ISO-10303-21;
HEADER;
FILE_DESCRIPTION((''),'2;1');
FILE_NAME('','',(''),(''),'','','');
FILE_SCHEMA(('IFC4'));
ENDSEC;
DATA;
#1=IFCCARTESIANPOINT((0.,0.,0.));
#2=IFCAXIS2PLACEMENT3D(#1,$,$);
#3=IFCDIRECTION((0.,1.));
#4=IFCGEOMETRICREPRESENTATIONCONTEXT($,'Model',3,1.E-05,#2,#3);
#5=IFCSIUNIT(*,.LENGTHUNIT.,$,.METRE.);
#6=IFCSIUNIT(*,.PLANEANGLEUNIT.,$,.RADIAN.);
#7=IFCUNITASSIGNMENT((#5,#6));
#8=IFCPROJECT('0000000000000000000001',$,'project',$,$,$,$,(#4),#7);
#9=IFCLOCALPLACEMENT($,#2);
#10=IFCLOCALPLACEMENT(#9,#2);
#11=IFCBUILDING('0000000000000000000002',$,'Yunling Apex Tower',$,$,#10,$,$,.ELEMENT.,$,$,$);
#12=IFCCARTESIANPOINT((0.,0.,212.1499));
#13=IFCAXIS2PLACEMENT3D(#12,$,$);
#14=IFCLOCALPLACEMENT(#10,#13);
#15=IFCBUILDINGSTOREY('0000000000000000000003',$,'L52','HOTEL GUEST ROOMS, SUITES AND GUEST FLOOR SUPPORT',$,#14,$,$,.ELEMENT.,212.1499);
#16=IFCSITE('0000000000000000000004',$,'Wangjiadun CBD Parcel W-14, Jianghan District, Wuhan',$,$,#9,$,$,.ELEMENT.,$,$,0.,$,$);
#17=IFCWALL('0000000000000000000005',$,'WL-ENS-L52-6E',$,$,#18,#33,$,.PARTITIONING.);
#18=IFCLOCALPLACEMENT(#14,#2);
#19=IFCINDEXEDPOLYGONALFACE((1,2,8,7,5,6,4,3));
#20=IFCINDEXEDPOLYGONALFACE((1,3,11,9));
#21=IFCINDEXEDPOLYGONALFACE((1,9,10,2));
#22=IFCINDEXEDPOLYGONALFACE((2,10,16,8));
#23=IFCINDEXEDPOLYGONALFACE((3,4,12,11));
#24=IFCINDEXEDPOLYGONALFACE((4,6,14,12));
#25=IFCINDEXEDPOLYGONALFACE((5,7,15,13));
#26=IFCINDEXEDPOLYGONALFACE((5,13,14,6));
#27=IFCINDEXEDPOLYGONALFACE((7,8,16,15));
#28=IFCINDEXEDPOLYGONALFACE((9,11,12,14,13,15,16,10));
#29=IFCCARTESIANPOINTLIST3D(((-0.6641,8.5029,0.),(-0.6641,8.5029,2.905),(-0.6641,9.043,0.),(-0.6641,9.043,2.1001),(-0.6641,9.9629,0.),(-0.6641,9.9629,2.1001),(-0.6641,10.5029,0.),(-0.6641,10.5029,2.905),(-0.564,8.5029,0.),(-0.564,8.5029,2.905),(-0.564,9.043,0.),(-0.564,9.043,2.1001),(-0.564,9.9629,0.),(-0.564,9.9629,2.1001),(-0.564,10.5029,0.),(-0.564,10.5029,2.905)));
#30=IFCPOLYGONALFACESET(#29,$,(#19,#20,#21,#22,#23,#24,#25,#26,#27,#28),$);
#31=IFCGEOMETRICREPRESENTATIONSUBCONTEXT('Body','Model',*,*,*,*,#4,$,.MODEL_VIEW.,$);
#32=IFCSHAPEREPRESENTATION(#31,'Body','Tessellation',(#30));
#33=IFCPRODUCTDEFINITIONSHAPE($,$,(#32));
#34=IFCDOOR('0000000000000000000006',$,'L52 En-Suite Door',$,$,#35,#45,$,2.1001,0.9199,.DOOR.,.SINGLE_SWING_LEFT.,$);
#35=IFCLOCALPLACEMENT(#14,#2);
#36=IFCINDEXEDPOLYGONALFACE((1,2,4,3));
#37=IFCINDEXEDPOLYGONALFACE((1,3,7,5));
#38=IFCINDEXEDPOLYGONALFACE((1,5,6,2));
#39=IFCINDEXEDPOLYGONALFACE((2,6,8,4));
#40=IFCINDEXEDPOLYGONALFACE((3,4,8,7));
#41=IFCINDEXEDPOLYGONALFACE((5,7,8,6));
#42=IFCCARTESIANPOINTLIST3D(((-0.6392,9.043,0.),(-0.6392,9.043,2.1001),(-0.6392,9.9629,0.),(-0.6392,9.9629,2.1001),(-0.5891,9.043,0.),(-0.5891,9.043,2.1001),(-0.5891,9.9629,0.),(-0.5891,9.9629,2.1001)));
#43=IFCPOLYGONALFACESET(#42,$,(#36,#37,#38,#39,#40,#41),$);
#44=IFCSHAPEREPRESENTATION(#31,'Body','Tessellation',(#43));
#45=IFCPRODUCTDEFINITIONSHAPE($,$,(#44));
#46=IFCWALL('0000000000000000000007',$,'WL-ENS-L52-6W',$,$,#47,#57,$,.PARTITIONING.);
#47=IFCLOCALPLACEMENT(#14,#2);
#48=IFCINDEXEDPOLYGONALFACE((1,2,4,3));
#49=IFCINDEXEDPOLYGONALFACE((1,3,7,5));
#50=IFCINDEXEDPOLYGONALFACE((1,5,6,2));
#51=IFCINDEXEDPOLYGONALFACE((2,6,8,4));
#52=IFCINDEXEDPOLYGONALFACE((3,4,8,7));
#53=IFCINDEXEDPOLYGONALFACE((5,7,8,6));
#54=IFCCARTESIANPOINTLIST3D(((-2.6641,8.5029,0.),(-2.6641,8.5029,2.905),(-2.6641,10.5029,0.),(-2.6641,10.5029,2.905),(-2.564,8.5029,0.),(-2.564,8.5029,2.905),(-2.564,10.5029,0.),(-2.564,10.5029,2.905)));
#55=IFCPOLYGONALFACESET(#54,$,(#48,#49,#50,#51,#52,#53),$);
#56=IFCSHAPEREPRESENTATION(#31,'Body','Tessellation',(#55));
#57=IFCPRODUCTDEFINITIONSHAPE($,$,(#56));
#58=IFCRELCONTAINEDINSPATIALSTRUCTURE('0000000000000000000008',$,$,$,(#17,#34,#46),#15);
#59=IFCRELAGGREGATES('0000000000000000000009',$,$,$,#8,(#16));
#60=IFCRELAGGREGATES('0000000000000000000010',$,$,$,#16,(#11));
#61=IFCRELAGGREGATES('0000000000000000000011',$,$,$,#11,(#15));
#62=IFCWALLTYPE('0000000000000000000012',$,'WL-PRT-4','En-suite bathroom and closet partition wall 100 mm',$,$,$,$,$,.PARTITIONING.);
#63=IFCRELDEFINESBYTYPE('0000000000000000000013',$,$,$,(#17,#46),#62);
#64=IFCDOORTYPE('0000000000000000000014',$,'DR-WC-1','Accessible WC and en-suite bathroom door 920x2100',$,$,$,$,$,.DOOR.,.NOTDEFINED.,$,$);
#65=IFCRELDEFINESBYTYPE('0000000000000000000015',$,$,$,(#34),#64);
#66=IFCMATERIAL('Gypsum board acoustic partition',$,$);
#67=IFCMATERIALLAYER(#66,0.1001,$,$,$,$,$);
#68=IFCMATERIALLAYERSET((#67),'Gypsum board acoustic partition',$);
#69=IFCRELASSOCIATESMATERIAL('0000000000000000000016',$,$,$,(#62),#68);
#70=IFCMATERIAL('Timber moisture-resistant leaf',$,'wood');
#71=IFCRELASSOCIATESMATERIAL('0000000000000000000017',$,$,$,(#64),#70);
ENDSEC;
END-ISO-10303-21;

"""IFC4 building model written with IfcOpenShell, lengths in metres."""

from ifc_helpers import new_model, si_unit, direction, frame, frame_2d, origin, place, context, subcontext, project, spatial, rectangle, extrude, material, layer, layer_set, type_object, element, fill, save


model = new_model("IFC4")

# Units and contexts
model_context = context("Model", 3, precision=1e-05, world=origin(), true_north=direction((0.0, 1.0)))
body_context = subcontext(model_context, "Body", "Model", "MODEL_VIEW")
ifc_project = project(units=[si_unit("LENGTHUNIT", "METRE"), si_unit("PLANEANGLEUNIT", "RADIAN")], contexts=[model_context])

# Site, building, storey
site_placement = place(None, origin())
site = spatial("IfcSite", under=ifc_project, at=site_placement, Name="Wangjiadun CBD Parcel W-14, Jianghan District, Wuhan", CompositionType="ELEMENT", RefElevation=0.0)
building_placement = place(site_placement, origin())
building = spatial("IfcBuilding", under=site, at=building_placement, Name="Yunling Apex Tower", CompositionType="ELEMENT")
storey_placement = place(building_placement, frame((0.0, 0.0, 212.1499)))
storey = spatial("IfcBuildingStorey", under=building, at=storey_placement, Name="L52", Description="HOTEL GUEST ROOMS, SUITES AND GUEST FLOOR SUPPORT", CompositionType="ELEMENT", Elevation=212.1499)

# Shared definitions
ifc_material_1 = material(Name="Gypsum board acoustic partition")

# Shared definitions
ifc_layer_1 = layer(ifc_material_1, 0.1001)
ifc_layer_set_1 = layer_set([ifc_layer_1], Name="Gypsum board acoustic partition")
wall_type_1 = type_object("IfcWallType", Name="WL-PRT-4", Description="En-suite bathroom and closet partition wall 100 mm", PredefinedType="PARTITIONING", material=ifc_layer_set_1)

# Wall, opening, door
wall_1_placement = place(storey_placement, frame((-0.614, 10.5029, 0.0), z_axis=(0.0, 0.0, 1.0), x_axis=(0.0, -1.0, 0.0)))
wall_1 = element("IfcWall", 1, at=wall_1_placement, inside=storey, type_object=wall_type_1, Name="WL-ENS-L52-6E", PredefinedType="PARTITIONING", context=body_context, shape_type="SweptSolid", body=[
    extrude(rectangle(XDim=2.0, YDim=0.1001, at=frame_2d((1.0, 0.0))), origin(), (0.0, 0.0, 1.0), 2.905),
])
opening_1_placement = place(wall_1_placement, frame((0.54, 0.0, 0.0)))
opening_1 = element("IfcOpeningElement", 2, at=opening_1_placement, cuts=wall_1, PredefinedType="OPENING", context=body_context, shape_type="SweptSolid", body=[
    extrude(rectangle(XDim=0.9199, YDim=2.1001, at=frame_2d((0.46, 1.05))), frame((0.0, 0.0601, 0.0), z_axis=(0.0, -1.0, 0.0), x_axis=(1.0, 0.0, 0.0)), (0.0, 0.0, 1.0), 0.1201),
])
ifc_material_2 = material(Name="Timber moisture-resistant leaf", Category="wood")
door_type_1 = type_object("IfcDoorType", Name="DR-WC-1", Description="Accessible WC and en-suite bathroom door 920x2100", OperationType="NOTDEFINED", PredefinedType="DOOR", material=ifc_material_2)
door_1_placement = place(opening_1_placement, origin())
door_1 = element("IfcDoor", 3, at=door_1_placement, inside=storey, type_object=door_type_1, Name="L52 En-Suite Door", OperationType="SINGLE_SWING_LEFT", OverallHeight=2.1001, OverallWidth=0.9199, PredefinedType="DOOR", context=body_context, shape_type="SweptSolid", body=[
    extrude(rectangle(XDim=0.9199, YDim=2.1001, at=frame_2d((0.46, 1.05))), frame((0.0, 0.0249, 0.0), z_axis=(0.0, -1.0, 0.0), x_axis=(1.0, 0.0, 0.0)), (0.0, 0.0, 1.0), 0.05),
])
fill(opening_1, door_1)

# Wall
wall_2_placement = place(storey_placement, frame((-2.614, 8.5029, 0.0), z_axis=(0.0, 0.0, 1.0), x_axis=(0.0, 1.0, 0.0)))
element("IfcWall", 4, at=wall_2_placement, inside=storey, type_object=wall_type_1, Name="WL-ENS-L52-6W", PredefinedType="PARTITIONING", context=body_context, shape_type="SweptSolid", body=[
    extrude(rectangle(XDim=2.0, YDim=0.1001, at=frame_2d((1.0, 0.0))), origin(), (0.0, 0.0, 1.0), 2.905),
])

save(model, "model.ifc")
